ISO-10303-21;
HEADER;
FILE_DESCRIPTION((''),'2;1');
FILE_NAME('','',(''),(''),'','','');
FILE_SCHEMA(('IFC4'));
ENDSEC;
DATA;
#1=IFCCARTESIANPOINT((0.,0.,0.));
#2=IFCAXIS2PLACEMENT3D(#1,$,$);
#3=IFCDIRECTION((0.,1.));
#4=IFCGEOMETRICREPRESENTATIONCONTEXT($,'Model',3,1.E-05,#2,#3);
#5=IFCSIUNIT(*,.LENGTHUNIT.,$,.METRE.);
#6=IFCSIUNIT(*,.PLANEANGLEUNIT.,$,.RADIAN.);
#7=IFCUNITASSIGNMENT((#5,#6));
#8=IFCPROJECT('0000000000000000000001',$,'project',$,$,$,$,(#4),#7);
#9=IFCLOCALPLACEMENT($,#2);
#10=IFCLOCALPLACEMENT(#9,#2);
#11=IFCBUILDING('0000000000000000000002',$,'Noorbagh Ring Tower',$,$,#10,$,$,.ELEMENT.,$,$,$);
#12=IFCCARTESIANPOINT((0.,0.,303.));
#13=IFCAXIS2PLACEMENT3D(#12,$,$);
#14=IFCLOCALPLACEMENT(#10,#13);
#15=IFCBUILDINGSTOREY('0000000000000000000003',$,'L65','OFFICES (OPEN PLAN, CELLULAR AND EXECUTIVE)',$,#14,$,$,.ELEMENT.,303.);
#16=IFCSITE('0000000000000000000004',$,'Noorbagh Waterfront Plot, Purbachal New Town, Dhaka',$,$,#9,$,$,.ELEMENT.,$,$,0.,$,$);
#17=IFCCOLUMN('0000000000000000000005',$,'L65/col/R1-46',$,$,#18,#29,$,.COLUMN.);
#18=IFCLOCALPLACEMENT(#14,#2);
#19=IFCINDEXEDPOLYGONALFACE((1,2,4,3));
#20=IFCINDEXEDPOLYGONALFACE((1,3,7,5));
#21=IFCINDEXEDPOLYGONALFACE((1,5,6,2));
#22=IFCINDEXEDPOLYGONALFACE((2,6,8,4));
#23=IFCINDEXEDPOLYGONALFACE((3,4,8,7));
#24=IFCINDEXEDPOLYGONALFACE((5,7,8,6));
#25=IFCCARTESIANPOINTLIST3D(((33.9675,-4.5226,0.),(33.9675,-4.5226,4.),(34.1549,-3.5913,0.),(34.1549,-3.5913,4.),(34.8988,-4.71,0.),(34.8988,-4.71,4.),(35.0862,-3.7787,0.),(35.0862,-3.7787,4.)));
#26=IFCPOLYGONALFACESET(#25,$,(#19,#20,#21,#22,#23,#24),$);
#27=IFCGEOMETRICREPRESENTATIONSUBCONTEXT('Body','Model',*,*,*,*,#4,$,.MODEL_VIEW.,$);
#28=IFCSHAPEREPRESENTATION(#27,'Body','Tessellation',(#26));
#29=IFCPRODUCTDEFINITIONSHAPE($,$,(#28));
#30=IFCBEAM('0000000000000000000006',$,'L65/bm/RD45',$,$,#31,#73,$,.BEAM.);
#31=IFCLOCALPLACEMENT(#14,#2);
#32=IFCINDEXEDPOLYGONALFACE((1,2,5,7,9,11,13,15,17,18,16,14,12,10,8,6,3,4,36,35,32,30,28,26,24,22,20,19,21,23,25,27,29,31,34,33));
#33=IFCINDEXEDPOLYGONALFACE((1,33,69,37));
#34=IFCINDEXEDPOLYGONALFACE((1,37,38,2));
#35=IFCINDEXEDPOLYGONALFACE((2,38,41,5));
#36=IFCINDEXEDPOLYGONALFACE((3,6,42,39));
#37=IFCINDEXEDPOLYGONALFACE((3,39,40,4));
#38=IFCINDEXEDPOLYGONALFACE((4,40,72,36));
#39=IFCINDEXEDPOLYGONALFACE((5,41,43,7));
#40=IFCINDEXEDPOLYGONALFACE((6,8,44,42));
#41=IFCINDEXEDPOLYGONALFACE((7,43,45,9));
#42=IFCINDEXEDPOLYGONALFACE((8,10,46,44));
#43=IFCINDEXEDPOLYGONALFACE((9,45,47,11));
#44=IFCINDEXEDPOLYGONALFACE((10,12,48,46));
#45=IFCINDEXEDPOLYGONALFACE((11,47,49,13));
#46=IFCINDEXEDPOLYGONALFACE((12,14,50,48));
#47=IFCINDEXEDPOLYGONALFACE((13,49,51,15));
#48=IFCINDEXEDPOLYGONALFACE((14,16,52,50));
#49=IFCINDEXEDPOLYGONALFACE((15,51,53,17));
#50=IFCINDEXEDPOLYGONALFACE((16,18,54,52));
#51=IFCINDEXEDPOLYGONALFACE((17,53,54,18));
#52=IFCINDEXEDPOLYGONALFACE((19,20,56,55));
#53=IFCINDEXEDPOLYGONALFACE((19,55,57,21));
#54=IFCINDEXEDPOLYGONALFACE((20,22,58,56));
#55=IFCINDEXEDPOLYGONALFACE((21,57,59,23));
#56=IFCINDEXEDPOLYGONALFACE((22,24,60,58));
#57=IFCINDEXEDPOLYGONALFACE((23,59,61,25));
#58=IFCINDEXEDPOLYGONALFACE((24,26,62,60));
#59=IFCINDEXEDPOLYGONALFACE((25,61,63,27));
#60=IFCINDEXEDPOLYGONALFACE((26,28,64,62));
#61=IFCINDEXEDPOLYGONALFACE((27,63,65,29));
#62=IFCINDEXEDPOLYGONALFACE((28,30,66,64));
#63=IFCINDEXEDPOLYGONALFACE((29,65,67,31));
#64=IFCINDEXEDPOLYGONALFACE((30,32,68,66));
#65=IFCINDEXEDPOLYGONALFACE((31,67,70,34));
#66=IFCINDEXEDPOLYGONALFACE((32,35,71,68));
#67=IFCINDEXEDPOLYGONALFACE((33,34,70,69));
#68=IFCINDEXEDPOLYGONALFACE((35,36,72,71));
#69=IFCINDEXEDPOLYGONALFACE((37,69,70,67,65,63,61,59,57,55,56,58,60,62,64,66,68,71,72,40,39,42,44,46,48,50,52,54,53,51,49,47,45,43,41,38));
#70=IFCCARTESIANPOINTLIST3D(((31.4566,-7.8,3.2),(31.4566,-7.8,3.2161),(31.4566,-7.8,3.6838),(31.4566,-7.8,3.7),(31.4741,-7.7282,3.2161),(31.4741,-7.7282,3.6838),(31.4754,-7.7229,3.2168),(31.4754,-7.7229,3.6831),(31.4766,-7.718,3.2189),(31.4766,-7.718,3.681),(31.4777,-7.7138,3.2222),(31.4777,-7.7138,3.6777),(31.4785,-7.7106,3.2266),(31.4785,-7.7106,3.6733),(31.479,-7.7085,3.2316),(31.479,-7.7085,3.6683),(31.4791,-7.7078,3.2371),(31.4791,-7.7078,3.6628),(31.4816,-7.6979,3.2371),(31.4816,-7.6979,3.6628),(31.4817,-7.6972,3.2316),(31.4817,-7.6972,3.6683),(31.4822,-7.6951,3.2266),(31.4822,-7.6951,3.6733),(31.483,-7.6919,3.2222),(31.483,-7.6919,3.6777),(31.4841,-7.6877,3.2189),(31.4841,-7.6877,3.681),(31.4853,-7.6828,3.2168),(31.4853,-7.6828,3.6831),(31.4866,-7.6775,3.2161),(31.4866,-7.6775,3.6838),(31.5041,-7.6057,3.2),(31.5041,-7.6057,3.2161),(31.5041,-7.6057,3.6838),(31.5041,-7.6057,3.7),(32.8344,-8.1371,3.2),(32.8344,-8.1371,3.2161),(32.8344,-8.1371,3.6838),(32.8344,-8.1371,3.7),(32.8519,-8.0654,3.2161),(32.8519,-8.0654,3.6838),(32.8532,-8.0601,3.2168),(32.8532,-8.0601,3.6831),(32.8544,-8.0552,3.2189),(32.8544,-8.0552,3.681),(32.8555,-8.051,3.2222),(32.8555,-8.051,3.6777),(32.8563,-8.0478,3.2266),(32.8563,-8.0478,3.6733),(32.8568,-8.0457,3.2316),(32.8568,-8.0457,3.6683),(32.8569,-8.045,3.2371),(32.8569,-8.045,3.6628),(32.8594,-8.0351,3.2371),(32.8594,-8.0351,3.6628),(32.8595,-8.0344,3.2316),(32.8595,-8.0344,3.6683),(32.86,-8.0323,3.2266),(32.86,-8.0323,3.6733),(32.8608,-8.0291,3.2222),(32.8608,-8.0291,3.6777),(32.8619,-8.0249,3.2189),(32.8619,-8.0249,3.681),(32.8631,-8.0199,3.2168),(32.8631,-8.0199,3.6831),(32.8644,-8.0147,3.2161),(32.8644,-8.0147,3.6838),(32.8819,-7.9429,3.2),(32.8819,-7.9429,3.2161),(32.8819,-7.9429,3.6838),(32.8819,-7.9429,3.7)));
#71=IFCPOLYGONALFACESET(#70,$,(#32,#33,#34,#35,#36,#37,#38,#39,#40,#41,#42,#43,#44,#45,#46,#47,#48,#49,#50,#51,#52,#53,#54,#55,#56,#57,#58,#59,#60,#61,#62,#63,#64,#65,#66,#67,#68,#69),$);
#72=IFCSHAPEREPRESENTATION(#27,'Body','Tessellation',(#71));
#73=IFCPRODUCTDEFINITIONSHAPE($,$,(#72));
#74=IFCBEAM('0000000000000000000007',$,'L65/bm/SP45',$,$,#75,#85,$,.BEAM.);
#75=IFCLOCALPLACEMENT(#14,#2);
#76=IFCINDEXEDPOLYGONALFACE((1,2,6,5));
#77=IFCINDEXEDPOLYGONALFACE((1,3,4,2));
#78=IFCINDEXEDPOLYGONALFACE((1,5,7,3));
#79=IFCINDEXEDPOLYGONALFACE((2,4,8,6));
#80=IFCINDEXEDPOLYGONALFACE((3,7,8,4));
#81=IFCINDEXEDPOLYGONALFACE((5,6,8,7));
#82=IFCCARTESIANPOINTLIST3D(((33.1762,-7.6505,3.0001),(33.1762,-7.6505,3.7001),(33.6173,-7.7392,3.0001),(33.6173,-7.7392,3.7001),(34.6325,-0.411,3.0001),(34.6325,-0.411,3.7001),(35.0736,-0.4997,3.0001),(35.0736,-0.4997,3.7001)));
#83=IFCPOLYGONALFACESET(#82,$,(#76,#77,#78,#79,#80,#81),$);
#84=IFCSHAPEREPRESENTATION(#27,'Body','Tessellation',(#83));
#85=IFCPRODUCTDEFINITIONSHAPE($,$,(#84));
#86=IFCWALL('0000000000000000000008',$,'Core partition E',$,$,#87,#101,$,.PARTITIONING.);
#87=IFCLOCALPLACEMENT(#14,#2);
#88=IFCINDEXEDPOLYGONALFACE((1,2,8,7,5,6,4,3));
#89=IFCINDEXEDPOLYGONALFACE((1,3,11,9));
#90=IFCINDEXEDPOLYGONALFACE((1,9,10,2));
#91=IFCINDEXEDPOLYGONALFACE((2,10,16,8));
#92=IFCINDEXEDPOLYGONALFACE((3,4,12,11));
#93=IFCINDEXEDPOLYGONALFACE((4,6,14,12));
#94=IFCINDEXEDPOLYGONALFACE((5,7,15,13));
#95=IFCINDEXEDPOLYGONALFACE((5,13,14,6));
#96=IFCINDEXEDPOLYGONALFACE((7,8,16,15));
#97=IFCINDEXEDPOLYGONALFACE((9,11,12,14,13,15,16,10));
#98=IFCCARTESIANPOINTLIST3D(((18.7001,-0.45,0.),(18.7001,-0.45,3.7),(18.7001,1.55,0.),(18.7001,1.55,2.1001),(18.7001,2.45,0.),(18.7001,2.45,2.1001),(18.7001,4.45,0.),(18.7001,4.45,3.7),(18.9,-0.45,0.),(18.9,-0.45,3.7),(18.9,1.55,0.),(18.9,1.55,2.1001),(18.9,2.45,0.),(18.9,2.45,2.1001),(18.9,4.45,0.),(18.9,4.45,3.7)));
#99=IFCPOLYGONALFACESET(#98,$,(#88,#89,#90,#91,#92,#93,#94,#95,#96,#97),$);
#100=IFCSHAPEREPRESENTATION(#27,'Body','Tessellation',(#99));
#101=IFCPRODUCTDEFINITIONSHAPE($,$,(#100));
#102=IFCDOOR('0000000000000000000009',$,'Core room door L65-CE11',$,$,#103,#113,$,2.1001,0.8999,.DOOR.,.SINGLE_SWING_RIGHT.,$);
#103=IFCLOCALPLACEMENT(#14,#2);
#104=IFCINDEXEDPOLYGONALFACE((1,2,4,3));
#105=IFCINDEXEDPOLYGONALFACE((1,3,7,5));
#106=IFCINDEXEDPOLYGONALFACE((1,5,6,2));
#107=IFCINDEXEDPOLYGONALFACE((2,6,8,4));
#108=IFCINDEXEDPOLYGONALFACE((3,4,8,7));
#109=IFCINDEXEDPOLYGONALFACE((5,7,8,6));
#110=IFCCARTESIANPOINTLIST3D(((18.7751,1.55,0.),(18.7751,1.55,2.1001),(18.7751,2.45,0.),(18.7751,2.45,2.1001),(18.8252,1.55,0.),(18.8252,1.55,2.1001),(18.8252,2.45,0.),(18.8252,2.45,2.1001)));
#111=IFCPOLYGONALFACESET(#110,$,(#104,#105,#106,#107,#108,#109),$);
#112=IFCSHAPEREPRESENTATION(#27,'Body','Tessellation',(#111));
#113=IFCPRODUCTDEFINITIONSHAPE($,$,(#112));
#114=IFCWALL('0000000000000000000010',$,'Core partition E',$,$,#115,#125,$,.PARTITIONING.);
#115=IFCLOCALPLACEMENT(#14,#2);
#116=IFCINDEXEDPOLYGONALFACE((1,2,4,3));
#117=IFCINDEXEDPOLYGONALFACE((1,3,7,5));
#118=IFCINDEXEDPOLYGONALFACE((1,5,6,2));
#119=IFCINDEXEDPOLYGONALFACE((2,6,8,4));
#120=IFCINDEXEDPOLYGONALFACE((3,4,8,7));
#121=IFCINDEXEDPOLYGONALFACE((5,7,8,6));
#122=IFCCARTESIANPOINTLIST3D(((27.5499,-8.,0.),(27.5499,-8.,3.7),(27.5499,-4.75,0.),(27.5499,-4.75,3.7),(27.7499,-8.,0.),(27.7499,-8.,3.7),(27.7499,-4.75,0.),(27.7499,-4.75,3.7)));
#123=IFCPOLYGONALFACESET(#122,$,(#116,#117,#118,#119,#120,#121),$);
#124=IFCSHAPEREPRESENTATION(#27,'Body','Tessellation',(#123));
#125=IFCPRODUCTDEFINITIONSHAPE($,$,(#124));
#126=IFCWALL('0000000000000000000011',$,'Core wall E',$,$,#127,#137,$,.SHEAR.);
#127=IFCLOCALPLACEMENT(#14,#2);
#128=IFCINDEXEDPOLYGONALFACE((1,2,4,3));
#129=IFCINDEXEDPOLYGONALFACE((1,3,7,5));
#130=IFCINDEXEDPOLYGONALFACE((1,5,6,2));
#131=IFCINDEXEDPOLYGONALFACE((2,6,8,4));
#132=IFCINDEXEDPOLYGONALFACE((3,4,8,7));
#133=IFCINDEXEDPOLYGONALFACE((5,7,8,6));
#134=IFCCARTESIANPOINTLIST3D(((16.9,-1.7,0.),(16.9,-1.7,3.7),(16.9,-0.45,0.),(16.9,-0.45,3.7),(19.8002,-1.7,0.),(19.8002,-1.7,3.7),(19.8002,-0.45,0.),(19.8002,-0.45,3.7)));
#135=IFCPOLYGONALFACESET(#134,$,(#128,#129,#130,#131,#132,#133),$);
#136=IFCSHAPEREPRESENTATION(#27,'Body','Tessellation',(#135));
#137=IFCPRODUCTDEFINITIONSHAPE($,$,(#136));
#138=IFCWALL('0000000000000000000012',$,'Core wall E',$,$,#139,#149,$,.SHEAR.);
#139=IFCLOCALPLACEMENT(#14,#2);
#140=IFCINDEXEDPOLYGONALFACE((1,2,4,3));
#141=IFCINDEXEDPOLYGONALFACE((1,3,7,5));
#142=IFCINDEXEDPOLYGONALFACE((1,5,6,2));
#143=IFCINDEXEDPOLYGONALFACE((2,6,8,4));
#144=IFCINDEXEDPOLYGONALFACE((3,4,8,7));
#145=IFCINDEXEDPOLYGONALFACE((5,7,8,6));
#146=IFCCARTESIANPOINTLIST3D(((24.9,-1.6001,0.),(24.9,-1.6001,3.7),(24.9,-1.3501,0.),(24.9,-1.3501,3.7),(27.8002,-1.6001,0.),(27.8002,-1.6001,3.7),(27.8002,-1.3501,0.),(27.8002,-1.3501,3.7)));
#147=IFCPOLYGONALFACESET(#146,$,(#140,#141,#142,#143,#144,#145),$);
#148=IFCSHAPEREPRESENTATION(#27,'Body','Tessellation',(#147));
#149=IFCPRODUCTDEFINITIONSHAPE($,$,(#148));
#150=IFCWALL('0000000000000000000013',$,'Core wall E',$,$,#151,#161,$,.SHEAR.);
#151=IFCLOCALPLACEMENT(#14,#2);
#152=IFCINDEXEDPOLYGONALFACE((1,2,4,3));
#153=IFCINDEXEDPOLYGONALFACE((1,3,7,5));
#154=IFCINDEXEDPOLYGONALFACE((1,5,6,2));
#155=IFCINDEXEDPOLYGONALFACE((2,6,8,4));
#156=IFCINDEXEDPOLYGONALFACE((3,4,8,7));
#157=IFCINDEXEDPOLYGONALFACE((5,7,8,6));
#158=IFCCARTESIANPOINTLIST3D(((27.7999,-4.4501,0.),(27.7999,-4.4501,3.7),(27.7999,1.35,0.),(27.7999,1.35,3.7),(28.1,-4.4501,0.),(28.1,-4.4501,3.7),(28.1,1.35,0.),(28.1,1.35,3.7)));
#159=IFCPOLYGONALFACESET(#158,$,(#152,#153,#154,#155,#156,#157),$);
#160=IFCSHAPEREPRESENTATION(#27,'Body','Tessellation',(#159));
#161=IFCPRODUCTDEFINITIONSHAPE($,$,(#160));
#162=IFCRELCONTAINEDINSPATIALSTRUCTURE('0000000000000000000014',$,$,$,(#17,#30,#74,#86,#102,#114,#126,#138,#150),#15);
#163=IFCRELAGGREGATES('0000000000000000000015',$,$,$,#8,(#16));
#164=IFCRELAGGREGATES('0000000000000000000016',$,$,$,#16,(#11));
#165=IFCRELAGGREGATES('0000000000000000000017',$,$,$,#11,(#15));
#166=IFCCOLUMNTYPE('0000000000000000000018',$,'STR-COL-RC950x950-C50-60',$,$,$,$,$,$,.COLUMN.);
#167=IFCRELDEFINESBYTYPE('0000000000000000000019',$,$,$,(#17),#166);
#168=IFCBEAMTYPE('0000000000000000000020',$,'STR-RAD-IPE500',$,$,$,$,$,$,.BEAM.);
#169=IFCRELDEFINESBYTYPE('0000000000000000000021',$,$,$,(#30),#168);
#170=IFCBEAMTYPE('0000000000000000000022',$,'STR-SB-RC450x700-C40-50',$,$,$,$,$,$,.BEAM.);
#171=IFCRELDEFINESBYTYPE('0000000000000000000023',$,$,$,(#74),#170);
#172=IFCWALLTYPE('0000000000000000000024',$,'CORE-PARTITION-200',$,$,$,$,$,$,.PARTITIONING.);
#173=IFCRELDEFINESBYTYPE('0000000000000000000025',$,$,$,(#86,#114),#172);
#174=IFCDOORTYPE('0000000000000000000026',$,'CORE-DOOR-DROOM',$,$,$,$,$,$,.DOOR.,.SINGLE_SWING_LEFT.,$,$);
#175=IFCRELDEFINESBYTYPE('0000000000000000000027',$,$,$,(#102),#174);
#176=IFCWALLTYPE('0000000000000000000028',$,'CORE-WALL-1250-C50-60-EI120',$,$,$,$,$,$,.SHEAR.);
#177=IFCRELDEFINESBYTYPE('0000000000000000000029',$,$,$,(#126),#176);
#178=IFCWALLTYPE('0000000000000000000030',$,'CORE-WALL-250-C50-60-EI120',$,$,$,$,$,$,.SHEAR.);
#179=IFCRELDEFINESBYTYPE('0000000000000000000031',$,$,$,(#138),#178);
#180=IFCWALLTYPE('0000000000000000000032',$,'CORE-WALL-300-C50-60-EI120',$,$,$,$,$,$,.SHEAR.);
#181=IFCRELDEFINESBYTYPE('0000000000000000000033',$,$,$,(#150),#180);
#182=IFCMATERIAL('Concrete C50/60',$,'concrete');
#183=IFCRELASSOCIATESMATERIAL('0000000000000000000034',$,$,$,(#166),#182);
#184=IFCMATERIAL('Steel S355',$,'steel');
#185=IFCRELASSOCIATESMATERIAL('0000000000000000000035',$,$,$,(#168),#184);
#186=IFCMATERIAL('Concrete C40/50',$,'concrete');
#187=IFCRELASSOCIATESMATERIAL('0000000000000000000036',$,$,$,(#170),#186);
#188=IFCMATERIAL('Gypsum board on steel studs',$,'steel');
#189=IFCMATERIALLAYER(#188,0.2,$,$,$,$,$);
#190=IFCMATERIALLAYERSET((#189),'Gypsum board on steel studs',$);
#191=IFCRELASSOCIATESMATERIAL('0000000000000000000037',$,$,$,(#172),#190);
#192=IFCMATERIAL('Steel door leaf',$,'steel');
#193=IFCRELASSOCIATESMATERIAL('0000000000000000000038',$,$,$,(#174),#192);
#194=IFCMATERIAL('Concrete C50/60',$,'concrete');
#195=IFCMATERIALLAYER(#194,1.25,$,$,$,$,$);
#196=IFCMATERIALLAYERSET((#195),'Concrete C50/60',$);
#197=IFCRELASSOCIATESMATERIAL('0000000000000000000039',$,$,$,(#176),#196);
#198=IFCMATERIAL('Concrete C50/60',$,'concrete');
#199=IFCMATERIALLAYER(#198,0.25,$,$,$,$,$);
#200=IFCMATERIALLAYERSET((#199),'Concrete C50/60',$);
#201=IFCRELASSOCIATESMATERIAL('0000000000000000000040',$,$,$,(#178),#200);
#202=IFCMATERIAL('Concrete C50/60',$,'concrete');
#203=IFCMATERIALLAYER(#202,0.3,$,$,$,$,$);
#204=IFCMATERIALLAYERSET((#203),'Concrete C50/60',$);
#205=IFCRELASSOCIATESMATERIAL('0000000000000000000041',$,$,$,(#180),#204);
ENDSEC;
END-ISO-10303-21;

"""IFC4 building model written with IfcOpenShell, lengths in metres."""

from ifc_helpers import new_model, si_unit, direction, frame, frame_2d, origin, origin_2d, place, context, subcontext, project, spatial, rectangle, i_section, extrude, material, layer, layer_set, material_profile, profile_set, type_object, element, fill, save


model = new_model("IFC4")

# Units and contexts
model_context = context("Model", 3, precision=1e-05, world=origin(), true_north=direction((0.0, 1.0)))
body_context = subcontext(model_context, "Body", "Model", "MODEL_VIEW")
ifc_project = project(units=[si_unit("LENGTHUNIT", "METRE"), si_unit("PLANEANGLEUNIT", "RADIAN")], contexts=[model_context])

# Site, building, storey
site_placement = place(None, origin())
site = spatial("IfcSite", under=ifc_project, at=site_placement, Name="Noorbagh Waterfront Plot, Purbachal New Town, Dhaka", CompositionType="ELEMENT", RefElevation=0.0)
building_placement = place(site_placement, origin())
building = spatial("IfcBuilding", under=site, at=building_placement, Name="Noorbagh Ring Tower", CompositionType="ELEMENT")
storey_placement = place(building_placement, frame((0.0, 0.0, 303.0)))
storey = spatial("IfcBuildingStorey", under=building, at=storey_placement, Name="L65", Description="OFFICES (OPEN PLAN, CELLULAR AND EXECUTIVE)", CompositionType="ELEMENT", Elevation=303.0)

# Column
ifc_material_1 = material(Name="Concrete C50/60", Category="concrete")
ifc_material_profile_1 = material_profile(ifc_material_1, rectangle(XDim=0.95, YDim=0.95, at=origin_2d()), Name="RC950x950")
ifc_profile_set_1 = profile_set([ifc_material_profile_1], Name="Concrete C50/60")
column_type = type_object("IfcColumnType", Name="STR-COL-RC950x950-C50-60", PredefinedType="COLUMN", material=ifc_profile_set_1)
column_placement = place(storey_placement, frame((34.5269, -4.1506, 0.0), z_axis=(0.0, 0.0, 1.0), x_axis=(0.19723, 0.980357, 0.0)))
element("IfcColumn", 1, at=column_placement, inside=storey, type_object=column_type, Name="L65/col/R1-46", PredefinedType="COLUMN", context=body_context, shape_type="SweptSolid", body=[
    extrude(rectangle(XDim=0.95, YDim=0.95, at=origin_2d()), origin(), (0.0, 0.0, 1.0), 4.0),
])

# Beams
ifc_material_2 = material(Name="Steel S355", Category="steel")
ifc_material_profile_2 = material_profile(ifc_material_2, i_section(OverallWidth=0.2, OverallDepth=0.5, WebThickness=0.0103, FlangeThickness=0.0161, FilletRadius=0.021, at=origin_2d()), Name="IPE500")
ifc_profile_set_2 = profile_set([ifc_material_profile_2], Name="Steel S355")
beam_type_1 = type_object("IfcBeamType", Name="STR-RAD-IPE500", PredefinedType="BEAM", material=ifc_profile_set_2)
beam_1_placement = place(storey_placement, frame((32.8582, -8.04, 3.45), z_axis=(-0.971335, 0.237713, 0.0), x_axis=(-0.237713, -0.971335, 0.0)))
element("IfcBeam", 2, at=beam_1_placement, inside=storey, type_object=beam_type_1, Name="L65/bm/RD45", PredefinedType="BEAM", context=body_context, shape_type="SweptSolid", body=[
    extrude(i_section(OverallWidth=0.2, OverallDepth=0.5, WebThickness=0.0103, FlangeThickness=0.0161, FilletRadius=0.021, at=origin_2d()), origin(), (0.0, 0.0, 1.0), 1.4185),
])
ifc_material_3 = material(Name="Concrete C40/50", Category="concrete")
ifc_material_profile_3 = material_profile(ifc_material_3, rectangle(XDim=0.45, YDim=0.7, at=origin_2d()), Name="RC450x700")
ifc_profile_set_3 = profile_set([ifc_material_profile_3], Name="Concrete C40/50")
beam_type_2 = type_object("IfcBeamType", Name="STR-SB-RC450x700-C40-50", PredefinedType="BEAM", material=ifc_profile_set_3)
beam_2_placement = place(storey_placement, frame((33.3967, -7.6948, 3.3501), z_axis=(0.19721, 0.980361, 0.0), x_axis=(-0.980361, 0.19721, 0.0)))
element("IfcBeam", 3, at=beam_2_placement, inside=storey, type_object=beam_type_2, Name="L65/bm/SP45", PredefinedType="BEAM", context=body_context, shape_type="SweptSolid", body=[
    extrude(rectangle(XDim=0.45, YDim=0.7, at=origin_2d()), origin(), (0.0, 0.0, 1.0), 7.3845),
])

# Wall, opening, door
ifc_material_4 = material(Name="Gypsum board on steel studs", Category="steel")
ifc_layer_1 = layer(ifc_material_4, 0.2)
ifc_layer_set_1 = layer_set([ifc_layer_1], Name="Gypsum board on steel studs")
wall_type_1 = type_object("IfcWallType", Name="CORE-PARTITION-200", PredefinedType="PARTITIONING", material=ifc_layer_set_1)
wall_1_placement = place(storey_placement, frame((18.8, -0.45, 0.0), z_axis=(0.0, 0.0, 1.0), x_axis=(0.0, 1.0, 0.0)))
wall_1 = element("IfcWall", 4, at=wall_1_placement, inside=storey, type_object=wall_type_1, Name="Core partition E", PredefinedType="PARTITIONING", context=body_context, shape_type="SweptSolid", body=[
    extrude(rectangle(XDim=4.8999, YDim=0.2, at=frame_2d((2.45, 0.0))), origin(), (0.0, 0.0, 1.0), 3.7),
])
opening_1_placement = place(wall_1_placement, frame((2.0, 0.0, 0.0)))
opening_1 = element("IfcOpeningElement", 5, at=opening_1_placement, cuts=wall_1, PredefinedType="OPENING", context=body_context, shape_type="SweptSolid", body=[
    extrude(rectangle(XDim=0.8999, YDim=2.1001, at=frame_2d((0.45, 1.05))), frame((0.0, 0.1099, 0.0), z_axis=(0.0, -1.0, 0.0), x_axis=(1.0, 0.0, 0.0)), (0.0, 0.0, 1.0), 0.22),
])
ifc_material_5 = material(Name="Steel door leaf", Category="steel")
door_type_1 = type_object("IfcDoorType", Name="CORE-DOOR-DROOM", OperationType="SINGLE_SWING_LEFT", PredefinedType="DOOR", material=ifc_material_5)
door_1_placement = place(opening_1_placement, origin())
door_1 = element("IfcDoor", 6, at=door_1_placement, inside=storey, type_object=door_type_1, Name="Core room door L65-CE11", OperationType="SINGLE_SWING_RIGHT", OverallHeight=2.1001, OverallWidth=0.8999, PredefinedType="DOOR", context=body_context, shape_type="SweptSolid", body=[
    extrude(rectangle(XDim=0.8999, YDim=2.1001, at=frame_2d((0.45, 1.05))), frame((0.0, 0.0249, 0.0), z_axis=(0.0, -1.0, 0.0), x_axis=(1.0, 0.0, 0.0)), (0.0, 0.0, 1.0), 0.05),
])
fill(opening_1, door_1)

# Walls
wall_2_placement = place(storey_placement, frame((27.6499, -8.0, 0.0), z_axis=(0.0, 0.0, 1.0), x_axis=(0.0, 1.0, 0.0)))
element("IfcWall", 7, at=wall_2_placement, inside=storey, type_object=wall_type_1, Name="Core partition E", PredefinedType="PARTITIONING", context=body_context, shape_type="SweptSolid", body=[
    extrude(rectangle(XDim=3.25, YDim=0.2, at=frame_2d((1.625, 0.0))), origin(), (0.0, 0.0, 1.0), 3.7),
])
ifc_material_6 = material(Name="Concrete C50/60", Category="concrete")
ifc_layer_2 = layer(ifc_material_6, 1.25)
ifc_layer_set_2 = layer_set([ifc_layer_2], Name="Concrete C50/60")
wall_type_2 = type_object("IfcWallType", Name="CORE-WALL-1250-C50-60-EI120", PredefinedType="SHEAR", material=ifc_layer_set_2)
wall_3_placement = place(storey_placement, frame((16.8999, -1.075, 0.0), z_axis=(0.0, 0.0, 1.0), x_axis=(1.0, 0.0, 0.0)))
element("IfcWall", 8, at=wall_3_placement, inside=storey, type_object=wall_type_2, Name="Core wall E", PredefinedType="SHEAR", context=body_context, shape_type="SweptSolid", body=[
    extrude(rectangle(XDim=2.9001, YDim=1.25, at=frame_2d((1.4502, 0.0))), origin(), (0.0, 0.0, 1.0), 3.7),
])
ifc_material_7 = material(Name="Concrete C50/60", Category="concrete")
ifc_layer_3 = layer(ifc_material_7, 0.25)
ifc_layer_set_3 = layer_set([ifc_layer_3], Name="Concrete C50/60")
wall_type_3 = type_object("IfcWallType", Name="CORE-WALL-250-C50-60-EI120", PredefinedType="SHEAR", material=ifc_layer_set_3)
wall_4_placement = place(storey_placement, frame((24.8999, -1.4751, 0.0), z_axis=(0.0, 0.0, 1.0), x_axis=(1.0, 0.0, 0.0)))
element("IfcWall", 9, at=wall_4_placement, inside=storey, type_object=wall_type_3, Name="Core wall E", PredefinedType="SHEAR", context=body_context, shape_type="SweptSolid", body=[
    extrude(rectangle(XDim=2.9001, YDim=0.25, at=frame_2d((1.4502, 0.0))), origin(), (0.0, 0.0, 1.0), 3.7),
])
ifc_material_8 = material(Name="Concrete C50/60", Category="concrete")
ifc_layer_4 = layer(ifc_material_8, 0.3)
ifc_layer_set_4 = layer_set([ifc_layer_4], Name="Concrete C50/60")
wall_type_4 = type_object("IfcWallType", Name="CORE-WALL-300-C50-60-EI120", PredefinedType="SHEAR", material=ifc_layer_set_4)
wall_5_placement = place(storey_placement, frame((27.95, -4.45, 0.0), z_axis=(0.0, 0.0, 1.0), x_axis=(0.0, 1.0, 0.0)))
element("IfcWall", 10, at=wall_5_placement, inside=storey, type_object=wall_type_4, Name="Core wall E", PredefinedType="SHEAR", context=body_context, shape_type="SweptSolid", body=[
    extrude(rectangle(XDim=5.8, YDim=0.3, at=frame_2d((2.8999, 0.0))), origin(), (0.0, 0.0, 1.0), 3.7),
])

save(model, "model.ifc")
